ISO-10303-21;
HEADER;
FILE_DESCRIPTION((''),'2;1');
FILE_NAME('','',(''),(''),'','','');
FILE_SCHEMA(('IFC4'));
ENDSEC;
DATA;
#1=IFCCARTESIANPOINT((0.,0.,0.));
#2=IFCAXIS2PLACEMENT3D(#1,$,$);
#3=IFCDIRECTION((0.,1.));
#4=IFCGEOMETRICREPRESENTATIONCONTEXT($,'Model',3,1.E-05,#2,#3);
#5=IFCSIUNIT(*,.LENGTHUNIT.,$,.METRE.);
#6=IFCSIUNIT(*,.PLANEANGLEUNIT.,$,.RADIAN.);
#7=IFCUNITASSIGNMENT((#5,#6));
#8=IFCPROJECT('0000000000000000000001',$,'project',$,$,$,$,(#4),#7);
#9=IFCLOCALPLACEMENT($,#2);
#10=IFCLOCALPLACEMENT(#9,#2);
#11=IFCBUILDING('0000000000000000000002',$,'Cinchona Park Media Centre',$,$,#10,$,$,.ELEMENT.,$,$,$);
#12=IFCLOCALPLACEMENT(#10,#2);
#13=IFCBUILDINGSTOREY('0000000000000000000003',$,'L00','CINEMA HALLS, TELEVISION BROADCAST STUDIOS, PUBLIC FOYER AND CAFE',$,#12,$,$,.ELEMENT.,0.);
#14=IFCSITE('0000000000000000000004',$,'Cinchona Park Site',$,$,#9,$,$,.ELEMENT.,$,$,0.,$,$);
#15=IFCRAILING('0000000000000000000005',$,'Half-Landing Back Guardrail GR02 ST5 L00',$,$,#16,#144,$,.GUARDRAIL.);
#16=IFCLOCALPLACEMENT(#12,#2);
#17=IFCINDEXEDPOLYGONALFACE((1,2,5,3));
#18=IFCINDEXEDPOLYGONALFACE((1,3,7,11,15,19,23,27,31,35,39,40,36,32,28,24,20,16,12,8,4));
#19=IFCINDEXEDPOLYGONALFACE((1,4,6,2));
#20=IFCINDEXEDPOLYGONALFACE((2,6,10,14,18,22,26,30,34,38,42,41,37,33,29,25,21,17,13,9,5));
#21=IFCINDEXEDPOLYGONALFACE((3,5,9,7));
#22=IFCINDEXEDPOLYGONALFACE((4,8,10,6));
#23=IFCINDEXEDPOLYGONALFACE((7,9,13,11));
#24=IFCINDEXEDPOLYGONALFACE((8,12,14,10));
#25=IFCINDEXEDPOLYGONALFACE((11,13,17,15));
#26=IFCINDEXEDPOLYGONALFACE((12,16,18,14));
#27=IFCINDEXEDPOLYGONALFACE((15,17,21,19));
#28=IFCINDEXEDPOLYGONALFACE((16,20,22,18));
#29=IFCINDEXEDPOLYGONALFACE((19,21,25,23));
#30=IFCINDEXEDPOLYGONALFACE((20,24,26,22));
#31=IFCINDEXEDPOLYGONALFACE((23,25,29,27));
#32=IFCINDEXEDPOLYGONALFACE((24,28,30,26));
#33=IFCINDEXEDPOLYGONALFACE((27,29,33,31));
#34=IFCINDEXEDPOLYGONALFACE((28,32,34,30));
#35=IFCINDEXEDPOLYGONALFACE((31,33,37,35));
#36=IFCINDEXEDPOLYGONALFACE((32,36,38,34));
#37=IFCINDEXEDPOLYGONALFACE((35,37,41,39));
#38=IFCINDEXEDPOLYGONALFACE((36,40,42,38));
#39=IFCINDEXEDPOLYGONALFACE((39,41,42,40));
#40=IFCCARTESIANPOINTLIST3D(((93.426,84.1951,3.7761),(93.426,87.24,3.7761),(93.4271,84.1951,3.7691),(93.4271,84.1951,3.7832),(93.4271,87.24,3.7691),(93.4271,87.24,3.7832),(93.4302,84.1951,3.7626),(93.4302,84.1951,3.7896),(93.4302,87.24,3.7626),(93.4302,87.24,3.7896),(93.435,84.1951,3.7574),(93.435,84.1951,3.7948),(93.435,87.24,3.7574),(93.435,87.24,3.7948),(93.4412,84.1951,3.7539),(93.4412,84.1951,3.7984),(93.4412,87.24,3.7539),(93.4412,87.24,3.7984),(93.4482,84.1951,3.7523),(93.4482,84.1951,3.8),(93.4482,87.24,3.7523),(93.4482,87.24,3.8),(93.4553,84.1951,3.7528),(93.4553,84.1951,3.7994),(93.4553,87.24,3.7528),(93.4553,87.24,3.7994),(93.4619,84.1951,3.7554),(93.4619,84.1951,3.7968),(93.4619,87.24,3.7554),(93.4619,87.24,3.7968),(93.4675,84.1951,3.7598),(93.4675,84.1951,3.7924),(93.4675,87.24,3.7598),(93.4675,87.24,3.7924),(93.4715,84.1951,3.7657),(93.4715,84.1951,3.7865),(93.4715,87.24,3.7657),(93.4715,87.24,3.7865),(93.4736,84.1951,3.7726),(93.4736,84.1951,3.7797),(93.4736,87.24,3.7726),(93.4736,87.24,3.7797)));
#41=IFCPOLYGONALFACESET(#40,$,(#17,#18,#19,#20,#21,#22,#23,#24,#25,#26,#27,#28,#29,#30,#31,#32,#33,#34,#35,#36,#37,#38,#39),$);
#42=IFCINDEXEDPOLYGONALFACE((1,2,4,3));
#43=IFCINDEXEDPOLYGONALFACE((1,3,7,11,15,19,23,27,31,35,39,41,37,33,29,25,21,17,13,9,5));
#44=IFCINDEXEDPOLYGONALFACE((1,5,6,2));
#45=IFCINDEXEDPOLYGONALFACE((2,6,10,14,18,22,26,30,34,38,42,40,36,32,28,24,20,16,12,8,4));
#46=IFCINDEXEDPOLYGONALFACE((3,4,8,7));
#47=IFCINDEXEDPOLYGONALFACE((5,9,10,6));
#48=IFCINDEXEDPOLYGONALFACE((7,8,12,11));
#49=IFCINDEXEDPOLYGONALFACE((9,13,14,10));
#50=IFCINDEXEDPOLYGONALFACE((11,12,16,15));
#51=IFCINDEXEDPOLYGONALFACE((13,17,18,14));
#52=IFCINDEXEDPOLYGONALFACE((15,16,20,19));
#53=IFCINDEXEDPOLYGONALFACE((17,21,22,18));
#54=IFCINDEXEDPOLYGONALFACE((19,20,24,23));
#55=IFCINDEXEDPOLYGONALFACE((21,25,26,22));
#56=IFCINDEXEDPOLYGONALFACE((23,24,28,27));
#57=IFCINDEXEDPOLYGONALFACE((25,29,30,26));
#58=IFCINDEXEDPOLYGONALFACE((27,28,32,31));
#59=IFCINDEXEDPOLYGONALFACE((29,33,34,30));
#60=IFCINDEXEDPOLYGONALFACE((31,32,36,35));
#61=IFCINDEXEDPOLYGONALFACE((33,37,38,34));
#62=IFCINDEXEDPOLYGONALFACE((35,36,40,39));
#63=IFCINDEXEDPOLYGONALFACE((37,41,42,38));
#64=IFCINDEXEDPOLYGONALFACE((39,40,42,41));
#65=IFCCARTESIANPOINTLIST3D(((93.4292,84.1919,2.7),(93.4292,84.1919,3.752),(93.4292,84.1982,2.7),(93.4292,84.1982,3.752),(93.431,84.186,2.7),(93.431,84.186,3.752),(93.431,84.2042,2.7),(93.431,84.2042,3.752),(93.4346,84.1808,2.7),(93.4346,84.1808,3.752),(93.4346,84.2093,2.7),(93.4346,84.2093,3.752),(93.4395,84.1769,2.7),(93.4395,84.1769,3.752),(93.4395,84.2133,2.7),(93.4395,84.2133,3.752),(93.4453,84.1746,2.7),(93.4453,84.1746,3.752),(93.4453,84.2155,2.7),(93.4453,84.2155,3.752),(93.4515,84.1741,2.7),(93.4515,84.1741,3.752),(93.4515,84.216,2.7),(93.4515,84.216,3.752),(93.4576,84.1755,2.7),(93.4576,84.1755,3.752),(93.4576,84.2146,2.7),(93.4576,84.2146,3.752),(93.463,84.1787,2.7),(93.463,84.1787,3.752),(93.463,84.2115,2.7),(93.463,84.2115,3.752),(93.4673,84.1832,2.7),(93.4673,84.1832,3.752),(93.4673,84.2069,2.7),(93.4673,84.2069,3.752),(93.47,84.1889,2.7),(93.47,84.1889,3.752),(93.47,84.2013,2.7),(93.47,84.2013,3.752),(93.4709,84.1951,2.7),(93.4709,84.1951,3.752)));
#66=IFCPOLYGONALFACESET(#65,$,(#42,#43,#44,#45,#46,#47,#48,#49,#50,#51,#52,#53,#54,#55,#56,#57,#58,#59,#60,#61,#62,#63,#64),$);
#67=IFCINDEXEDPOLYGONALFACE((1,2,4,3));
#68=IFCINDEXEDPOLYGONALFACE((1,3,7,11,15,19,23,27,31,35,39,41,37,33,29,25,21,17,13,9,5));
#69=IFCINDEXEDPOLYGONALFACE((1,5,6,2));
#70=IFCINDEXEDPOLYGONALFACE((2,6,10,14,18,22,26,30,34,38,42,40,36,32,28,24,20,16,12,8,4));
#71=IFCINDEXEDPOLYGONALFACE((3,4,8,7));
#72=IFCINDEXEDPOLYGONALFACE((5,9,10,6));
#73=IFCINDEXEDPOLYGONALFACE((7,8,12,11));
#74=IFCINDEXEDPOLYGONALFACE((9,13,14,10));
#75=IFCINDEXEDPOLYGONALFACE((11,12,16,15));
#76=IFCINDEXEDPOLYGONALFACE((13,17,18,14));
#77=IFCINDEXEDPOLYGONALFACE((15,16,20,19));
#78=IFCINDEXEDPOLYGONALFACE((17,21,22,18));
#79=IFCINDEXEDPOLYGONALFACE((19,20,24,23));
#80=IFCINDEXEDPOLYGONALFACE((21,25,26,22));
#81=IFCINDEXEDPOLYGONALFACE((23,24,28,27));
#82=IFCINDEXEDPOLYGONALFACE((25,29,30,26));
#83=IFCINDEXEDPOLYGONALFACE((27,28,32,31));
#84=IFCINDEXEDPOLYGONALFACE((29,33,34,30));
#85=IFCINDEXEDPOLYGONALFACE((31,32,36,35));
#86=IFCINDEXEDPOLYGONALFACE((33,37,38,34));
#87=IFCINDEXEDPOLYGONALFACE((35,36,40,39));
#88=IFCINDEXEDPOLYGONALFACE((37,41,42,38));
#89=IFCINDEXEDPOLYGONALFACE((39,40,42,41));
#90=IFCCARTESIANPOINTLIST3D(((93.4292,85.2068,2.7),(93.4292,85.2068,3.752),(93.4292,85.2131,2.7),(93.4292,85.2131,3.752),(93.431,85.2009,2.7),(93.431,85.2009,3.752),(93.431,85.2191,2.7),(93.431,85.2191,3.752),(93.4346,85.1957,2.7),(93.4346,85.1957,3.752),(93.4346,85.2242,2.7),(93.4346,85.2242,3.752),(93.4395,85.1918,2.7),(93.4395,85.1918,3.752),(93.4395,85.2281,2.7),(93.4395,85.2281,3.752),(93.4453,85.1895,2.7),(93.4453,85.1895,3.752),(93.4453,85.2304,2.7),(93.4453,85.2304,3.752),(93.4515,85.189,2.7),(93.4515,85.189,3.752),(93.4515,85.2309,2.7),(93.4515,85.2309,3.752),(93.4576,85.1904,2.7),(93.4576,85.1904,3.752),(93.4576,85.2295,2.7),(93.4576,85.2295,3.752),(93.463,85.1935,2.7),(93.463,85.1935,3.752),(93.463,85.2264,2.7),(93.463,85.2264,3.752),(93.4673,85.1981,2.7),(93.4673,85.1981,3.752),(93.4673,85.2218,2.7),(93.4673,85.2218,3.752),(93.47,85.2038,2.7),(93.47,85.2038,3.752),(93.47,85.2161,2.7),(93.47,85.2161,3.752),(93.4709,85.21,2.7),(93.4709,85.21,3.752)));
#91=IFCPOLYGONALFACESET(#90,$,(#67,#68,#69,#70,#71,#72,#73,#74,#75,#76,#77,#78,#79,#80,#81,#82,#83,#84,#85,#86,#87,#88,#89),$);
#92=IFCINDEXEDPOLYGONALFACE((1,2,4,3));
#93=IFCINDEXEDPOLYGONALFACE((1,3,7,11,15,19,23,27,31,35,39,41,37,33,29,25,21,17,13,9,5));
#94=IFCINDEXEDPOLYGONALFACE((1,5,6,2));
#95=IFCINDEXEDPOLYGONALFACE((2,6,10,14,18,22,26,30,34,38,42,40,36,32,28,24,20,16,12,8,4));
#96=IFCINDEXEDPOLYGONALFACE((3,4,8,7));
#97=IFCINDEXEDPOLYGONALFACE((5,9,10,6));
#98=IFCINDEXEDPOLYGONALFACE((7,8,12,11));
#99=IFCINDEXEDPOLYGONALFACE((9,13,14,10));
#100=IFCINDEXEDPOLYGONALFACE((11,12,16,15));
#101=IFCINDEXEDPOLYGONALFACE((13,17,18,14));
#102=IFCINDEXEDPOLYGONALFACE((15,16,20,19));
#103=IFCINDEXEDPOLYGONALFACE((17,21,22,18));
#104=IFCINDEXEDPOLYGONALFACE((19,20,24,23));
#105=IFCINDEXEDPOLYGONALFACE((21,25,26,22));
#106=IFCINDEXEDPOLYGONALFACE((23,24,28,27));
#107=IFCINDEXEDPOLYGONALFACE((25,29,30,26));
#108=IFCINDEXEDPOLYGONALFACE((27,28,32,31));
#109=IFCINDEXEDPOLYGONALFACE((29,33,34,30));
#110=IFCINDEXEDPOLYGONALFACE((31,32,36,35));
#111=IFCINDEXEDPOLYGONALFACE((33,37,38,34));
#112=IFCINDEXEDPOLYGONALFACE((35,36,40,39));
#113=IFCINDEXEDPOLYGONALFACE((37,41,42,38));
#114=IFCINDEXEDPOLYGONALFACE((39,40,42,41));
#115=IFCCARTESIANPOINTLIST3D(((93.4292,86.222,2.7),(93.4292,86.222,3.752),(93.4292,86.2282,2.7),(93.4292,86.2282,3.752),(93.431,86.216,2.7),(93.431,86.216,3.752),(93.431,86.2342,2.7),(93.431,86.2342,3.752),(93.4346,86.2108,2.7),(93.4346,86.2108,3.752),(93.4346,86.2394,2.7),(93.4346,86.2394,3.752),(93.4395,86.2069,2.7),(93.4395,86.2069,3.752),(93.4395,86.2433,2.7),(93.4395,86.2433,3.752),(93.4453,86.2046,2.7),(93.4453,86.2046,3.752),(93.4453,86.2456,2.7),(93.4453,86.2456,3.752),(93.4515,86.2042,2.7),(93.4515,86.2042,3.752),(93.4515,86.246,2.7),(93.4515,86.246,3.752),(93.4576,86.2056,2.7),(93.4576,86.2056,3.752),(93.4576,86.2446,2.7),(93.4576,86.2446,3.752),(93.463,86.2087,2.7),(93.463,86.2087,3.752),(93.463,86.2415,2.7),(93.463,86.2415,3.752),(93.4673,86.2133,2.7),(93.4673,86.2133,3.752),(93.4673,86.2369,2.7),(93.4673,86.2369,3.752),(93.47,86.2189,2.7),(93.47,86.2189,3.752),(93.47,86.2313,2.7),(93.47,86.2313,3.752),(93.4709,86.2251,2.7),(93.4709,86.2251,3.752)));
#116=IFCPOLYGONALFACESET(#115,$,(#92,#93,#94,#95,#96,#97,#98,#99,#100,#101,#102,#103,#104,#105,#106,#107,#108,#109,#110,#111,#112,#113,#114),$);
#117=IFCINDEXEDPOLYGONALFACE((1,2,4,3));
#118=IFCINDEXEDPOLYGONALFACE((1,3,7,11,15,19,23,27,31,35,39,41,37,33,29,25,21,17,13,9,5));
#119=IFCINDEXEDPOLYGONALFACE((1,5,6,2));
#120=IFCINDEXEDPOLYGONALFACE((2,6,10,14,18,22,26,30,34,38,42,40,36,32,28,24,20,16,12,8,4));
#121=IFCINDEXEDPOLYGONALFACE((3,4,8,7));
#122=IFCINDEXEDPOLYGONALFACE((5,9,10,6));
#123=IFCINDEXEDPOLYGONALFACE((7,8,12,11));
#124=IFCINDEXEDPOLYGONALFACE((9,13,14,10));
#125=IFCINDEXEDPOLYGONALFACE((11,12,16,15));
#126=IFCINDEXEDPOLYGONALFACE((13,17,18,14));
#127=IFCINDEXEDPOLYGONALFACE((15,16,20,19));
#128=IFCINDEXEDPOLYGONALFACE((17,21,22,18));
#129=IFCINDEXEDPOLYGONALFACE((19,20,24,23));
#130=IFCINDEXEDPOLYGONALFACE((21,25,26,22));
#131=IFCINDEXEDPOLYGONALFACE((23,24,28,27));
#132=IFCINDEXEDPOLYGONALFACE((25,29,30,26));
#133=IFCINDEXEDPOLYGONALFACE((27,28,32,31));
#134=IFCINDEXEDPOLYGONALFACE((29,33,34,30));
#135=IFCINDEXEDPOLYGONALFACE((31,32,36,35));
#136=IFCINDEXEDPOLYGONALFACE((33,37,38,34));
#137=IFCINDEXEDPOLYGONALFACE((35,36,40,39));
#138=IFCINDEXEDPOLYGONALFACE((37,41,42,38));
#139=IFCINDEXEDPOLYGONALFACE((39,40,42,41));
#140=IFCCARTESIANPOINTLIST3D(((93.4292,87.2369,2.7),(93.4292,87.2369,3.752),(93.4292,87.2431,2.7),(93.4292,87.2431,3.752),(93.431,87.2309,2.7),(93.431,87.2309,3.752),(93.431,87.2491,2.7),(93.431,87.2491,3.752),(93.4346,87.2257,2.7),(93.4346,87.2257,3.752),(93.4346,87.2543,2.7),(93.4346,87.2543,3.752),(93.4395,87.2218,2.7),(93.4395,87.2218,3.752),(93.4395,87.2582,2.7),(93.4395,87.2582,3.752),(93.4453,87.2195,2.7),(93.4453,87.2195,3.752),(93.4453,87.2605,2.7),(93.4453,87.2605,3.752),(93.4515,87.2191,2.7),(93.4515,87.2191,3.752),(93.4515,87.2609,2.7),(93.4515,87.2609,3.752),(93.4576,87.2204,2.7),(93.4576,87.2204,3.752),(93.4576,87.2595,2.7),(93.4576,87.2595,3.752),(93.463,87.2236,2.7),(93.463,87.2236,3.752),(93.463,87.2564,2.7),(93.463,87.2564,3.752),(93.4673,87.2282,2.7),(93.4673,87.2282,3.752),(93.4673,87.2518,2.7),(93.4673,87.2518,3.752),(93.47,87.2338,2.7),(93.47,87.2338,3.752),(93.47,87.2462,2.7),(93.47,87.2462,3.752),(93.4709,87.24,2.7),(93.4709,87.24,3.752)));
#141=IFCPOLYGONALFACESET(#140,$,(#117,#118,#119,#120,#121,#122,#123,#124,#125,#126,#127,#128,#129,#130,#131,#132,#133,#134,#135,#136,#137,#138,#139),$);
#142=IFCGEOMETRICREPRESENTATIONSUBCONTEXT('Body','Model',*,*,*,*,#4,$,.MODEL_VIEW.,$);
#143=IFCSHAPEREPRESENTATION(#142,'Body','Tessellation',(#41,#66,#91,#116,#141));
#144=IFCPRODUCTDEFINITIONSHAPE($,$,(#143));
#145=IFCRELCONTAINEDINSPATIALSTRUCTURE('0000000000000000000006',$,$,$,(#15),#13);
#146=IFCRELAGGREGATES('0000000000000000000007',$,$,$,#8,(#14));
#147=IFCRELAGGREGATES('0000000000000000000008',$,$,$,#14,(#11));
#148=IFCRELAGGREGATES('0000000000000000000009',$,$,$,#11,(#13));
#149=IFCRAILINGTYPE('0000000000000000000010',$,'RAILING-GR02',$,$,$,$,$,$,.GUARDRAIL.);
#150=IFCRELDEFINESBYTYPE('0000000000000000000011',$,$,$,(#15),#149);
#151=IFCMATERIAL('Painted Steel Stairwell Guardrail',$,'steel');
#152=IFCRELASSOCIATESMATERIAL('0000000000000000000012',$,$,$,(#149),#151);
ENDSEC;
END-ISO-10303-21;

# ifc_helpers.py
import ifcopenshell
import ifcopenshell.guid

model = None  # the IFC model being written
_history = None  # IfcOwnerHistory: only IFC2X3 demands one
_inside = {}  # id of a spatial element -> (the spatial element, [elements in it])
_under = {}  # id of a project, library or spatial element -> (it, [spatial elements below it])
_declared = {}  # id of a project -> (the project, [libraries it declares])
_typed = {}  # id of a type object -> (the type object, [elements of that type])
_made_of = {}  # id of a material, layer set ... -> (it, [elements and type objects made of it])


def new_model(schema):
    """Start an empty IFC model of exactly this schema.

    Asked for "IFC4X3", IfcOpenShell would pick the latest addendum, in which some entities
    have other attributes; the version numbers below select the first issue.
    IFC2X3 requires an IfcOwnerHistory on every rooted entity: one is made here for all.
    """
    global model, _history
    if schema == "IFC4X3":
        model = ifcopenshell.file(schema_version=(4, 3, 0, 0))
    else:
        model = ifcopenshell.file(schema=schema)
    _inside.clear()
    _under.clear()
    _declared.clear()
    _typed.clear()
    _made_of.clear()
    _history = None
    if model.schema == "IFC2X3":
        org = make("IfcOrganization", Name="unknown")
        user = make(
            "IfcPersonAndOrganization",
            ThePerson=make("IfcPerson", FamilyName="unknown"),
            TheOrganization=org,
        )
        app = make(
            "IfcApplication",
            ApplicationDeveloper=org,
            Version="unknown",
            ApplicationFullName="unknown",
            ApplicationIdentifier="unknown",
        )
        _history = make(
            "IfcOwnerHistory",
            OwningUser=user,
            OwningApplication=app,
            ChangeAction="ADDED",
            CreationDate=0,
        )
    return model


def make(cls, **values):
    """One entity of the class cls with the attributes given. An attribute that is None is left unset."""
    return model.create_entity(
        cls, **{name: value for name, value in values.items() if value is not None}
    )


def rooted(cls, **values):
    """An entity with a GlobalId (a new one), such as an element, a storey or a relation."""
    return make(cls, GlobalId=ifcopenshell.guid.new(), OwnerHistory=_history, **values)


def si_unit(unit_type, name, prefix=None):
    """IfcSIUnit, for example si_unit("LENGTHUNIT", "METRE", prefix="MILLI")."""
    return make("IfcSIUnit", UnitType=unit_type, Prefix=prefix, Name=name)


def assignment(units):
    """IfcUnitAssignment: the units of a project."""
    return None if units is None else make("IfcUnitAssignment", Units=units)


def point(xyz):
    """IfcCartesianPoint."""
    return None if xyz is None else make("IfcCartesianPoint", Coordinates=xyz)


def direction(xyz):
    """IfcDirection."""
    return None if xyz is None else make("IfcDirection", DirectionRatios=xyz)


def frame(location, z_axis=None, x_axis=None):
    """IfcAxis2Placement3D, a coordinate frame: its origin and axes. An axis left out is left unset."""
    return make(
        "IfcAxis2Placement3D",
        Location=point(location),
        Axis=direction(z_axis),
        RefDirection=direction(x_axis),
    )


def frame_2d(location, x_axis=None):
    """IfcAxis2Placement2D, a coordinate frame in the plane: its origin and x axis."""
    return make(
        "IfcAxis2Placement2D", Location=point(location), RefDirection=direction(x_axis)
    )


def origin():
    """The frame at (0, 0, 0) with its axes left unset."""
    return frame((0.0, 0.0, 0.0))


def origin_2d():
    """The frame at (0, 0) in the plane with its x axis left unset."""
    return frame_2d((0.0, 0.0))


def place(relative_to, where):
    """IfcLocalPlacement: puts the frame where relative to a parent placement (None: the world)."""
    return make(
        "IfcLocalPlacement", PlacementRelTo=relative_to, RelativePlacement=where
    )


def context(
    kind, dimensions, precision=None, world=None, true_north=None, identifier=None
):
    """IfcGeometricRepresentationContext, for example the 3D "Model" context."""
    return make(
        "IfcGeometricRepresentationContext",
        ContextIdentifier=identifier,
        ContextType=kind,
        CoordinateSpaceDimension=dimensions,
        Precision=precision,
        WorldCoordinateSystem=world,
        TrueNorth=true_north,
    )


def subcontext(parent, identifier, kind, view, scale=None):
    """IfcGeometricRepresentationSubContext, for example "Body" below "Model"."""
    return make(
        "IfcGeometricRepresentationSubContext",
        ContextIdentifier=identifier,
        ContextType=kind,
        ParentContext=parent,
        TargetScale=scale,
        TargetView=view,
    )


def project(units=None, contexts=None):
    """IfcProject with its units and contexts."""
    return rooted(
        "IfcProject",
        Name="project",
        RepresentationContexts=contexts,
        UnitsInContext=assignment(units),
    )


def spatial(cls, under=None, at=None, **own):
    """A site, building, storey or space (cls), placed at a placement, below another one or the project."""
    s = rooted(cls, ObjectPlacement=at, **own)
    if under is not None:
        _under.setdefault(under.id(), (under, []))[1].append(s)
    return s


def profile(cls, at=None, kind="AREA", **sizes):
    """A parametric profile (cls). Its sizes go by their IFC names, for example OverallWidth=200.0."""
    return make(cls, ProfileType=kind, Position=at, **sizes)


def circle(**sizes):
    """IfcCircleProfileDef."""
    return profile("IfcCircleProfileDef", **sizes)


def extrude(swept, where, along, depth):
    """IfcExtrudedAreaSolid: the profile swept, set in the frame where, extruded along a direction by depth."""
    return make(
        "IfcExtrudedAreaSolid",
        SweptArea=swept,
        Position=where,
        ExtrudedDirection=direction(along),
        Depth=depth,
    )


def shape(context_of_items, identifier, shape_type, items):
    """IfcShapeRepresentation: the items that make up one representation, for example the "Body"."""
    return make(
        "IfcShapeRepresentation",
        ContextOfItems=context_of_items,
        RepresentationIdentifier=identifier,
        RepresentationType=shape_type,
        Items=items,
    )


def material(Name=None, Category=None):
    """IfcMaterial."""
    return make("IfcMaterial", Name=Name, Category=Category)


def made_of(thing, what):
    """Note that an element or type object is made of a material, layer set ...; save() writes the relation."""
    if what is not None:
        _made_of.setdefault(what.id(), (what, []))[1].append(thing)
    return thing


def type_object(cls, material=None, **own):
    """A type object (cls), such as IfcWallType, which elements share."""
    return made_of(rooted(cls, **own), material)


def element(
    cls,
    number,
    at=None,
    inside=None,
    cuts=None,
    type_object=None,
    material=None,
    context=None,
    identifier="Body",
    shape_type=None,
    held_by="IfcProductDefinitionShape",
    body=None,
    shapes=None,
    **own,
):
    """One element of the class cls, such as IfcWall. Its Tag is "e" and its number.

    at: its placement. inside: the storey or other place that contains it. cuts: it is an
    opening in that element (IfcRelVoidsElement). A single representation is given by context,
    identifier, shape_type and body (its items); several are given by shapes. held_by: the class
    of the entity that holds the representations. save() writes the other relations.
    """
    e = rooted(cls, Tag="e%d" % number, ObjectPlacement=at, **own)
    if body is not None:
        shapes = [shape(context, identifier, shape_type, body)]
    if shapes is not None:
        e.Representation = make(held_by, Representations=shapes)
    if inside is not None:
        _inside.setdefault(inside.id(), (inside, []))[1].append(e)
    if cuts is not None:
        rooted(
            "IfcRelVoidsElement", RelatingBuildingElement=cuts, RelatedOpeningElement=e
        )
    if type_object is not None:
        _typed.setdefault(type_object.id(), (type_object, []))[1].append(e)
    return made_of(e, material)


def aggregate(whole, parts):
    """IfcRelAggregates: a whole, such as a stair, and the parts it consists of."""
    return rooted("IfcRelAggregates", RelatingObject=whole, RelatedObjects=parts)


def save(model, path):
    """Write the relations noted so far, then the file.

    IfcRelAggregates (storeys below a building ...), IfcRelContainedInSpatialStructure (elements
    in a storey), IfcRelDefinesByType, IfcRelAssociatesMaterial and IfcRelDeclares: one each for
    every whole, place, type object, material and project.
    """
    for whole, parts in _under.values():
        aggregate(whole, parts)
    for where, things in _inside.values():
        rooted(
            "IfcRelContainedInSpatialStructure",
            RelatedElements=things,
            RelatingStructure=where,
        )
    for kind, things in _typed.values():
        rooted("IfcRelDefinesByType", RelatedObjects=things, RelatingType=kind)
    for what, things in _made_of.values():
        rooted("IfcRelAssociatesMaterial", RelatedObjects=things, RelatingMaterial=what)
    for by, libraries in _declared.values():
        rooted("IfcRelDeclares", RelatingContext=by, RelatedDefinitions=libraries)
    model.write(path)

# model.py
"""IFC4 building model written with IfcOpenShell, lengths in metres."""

from ifc_helpers import new_model, si_unit, direction, frame, origin, origin_2d, place, context, subcontext, project, spatial, circle, extrude, material, type_object, element, save


model = new_model("IFC4")

# Units and contexts
model_context = context("Model", 3, precision=1e-05, world=origin(), true_north=direction((0.0, 1.0)))
body_context = subcontext(model_context, "Body", "Model", "MODEL_VIEW")
ifc_project = project(units=[si_unit("LENGTHUNIT", "METRE"), si_unit("PLANEANGLEUNIT", "RADIAN")], contexts=[model_context])

# Site, building, storey
site_placement = place(None, origin())
site = spatial("IfcSite", under=ifc_project, at=site_placement, Name="Cinchona Park Site", CompositionType="ELEMENT", RefElevation=0.0)
building_placement = place(site_placement, origin())
building = spatial("IfcBuilding", under=site, at=building_placement, Name="Cinchona Park Media Centre", CompositionType="ELEMENT")
storey_placement = place(building_placement, origin())
storey = spatial("IfcBuildingStorey", under=building, at=storey_placement, Name="L00", Description="CINEMA HALLS, TELEVISION BROADCAST STUDIOS, PUBLIC FOYER AND CAFE", CompositionType="ELEMENT", Elevation=0.0)

# Railing
ifc_material_1 = material(Name="Painted Steel Stairwell Guardrail", Category="steel")
railing_type_1 = type_object("IfcRailingType", Name="RAILING-GR02", PredefinedType="GUARDRAIL", material=ifc_material_1)
railing_1_placement = place(storey_placement, frame((93.45, 84.1951, 2.7)))
element("IfcRailing", 1, at=railing_1_placement, inside=storey, type_object=railing_type_1, Name="Half-Landing Back Guardrail GR02 ST5 L00", PredefinedType="GUARDRAIL", context=body_context, shape_type="SweptSolid", body=[
    extrude(circle(Radius=0.0239, at=origin_2d()), frame((0.0, 0.0, 1.0762), z_axis=(0.0, 1.0, 0.0), x_axis=(-1.0, 0.0, 0.0)), (0.0, 0.0, 1.0), 3.0449),
    extrude(circle(Radius=0.021, at=origin_2d()), origin(), (0.0, 0.0, 1.0), 1.052),
    extrude(circle(Radius=0.021, at=origin_2d()), frame((0.0, 1.0149, 0.0)), (0.0, 0.0, 1.0), 1.052),
    extrude(circle(Radius=0.021, at=origin_2d()), frame((0.0, 2.03, 0.0)), (0.0, 0.0, 1.0), 1.052),
    extrude(circle(Radius=0.021, at=origin_2d()), frame((0.0, 3.0449, 0.0)), (0.0, 0.0, 1.0), 1.052),
])

save(model, "model.ifc")
